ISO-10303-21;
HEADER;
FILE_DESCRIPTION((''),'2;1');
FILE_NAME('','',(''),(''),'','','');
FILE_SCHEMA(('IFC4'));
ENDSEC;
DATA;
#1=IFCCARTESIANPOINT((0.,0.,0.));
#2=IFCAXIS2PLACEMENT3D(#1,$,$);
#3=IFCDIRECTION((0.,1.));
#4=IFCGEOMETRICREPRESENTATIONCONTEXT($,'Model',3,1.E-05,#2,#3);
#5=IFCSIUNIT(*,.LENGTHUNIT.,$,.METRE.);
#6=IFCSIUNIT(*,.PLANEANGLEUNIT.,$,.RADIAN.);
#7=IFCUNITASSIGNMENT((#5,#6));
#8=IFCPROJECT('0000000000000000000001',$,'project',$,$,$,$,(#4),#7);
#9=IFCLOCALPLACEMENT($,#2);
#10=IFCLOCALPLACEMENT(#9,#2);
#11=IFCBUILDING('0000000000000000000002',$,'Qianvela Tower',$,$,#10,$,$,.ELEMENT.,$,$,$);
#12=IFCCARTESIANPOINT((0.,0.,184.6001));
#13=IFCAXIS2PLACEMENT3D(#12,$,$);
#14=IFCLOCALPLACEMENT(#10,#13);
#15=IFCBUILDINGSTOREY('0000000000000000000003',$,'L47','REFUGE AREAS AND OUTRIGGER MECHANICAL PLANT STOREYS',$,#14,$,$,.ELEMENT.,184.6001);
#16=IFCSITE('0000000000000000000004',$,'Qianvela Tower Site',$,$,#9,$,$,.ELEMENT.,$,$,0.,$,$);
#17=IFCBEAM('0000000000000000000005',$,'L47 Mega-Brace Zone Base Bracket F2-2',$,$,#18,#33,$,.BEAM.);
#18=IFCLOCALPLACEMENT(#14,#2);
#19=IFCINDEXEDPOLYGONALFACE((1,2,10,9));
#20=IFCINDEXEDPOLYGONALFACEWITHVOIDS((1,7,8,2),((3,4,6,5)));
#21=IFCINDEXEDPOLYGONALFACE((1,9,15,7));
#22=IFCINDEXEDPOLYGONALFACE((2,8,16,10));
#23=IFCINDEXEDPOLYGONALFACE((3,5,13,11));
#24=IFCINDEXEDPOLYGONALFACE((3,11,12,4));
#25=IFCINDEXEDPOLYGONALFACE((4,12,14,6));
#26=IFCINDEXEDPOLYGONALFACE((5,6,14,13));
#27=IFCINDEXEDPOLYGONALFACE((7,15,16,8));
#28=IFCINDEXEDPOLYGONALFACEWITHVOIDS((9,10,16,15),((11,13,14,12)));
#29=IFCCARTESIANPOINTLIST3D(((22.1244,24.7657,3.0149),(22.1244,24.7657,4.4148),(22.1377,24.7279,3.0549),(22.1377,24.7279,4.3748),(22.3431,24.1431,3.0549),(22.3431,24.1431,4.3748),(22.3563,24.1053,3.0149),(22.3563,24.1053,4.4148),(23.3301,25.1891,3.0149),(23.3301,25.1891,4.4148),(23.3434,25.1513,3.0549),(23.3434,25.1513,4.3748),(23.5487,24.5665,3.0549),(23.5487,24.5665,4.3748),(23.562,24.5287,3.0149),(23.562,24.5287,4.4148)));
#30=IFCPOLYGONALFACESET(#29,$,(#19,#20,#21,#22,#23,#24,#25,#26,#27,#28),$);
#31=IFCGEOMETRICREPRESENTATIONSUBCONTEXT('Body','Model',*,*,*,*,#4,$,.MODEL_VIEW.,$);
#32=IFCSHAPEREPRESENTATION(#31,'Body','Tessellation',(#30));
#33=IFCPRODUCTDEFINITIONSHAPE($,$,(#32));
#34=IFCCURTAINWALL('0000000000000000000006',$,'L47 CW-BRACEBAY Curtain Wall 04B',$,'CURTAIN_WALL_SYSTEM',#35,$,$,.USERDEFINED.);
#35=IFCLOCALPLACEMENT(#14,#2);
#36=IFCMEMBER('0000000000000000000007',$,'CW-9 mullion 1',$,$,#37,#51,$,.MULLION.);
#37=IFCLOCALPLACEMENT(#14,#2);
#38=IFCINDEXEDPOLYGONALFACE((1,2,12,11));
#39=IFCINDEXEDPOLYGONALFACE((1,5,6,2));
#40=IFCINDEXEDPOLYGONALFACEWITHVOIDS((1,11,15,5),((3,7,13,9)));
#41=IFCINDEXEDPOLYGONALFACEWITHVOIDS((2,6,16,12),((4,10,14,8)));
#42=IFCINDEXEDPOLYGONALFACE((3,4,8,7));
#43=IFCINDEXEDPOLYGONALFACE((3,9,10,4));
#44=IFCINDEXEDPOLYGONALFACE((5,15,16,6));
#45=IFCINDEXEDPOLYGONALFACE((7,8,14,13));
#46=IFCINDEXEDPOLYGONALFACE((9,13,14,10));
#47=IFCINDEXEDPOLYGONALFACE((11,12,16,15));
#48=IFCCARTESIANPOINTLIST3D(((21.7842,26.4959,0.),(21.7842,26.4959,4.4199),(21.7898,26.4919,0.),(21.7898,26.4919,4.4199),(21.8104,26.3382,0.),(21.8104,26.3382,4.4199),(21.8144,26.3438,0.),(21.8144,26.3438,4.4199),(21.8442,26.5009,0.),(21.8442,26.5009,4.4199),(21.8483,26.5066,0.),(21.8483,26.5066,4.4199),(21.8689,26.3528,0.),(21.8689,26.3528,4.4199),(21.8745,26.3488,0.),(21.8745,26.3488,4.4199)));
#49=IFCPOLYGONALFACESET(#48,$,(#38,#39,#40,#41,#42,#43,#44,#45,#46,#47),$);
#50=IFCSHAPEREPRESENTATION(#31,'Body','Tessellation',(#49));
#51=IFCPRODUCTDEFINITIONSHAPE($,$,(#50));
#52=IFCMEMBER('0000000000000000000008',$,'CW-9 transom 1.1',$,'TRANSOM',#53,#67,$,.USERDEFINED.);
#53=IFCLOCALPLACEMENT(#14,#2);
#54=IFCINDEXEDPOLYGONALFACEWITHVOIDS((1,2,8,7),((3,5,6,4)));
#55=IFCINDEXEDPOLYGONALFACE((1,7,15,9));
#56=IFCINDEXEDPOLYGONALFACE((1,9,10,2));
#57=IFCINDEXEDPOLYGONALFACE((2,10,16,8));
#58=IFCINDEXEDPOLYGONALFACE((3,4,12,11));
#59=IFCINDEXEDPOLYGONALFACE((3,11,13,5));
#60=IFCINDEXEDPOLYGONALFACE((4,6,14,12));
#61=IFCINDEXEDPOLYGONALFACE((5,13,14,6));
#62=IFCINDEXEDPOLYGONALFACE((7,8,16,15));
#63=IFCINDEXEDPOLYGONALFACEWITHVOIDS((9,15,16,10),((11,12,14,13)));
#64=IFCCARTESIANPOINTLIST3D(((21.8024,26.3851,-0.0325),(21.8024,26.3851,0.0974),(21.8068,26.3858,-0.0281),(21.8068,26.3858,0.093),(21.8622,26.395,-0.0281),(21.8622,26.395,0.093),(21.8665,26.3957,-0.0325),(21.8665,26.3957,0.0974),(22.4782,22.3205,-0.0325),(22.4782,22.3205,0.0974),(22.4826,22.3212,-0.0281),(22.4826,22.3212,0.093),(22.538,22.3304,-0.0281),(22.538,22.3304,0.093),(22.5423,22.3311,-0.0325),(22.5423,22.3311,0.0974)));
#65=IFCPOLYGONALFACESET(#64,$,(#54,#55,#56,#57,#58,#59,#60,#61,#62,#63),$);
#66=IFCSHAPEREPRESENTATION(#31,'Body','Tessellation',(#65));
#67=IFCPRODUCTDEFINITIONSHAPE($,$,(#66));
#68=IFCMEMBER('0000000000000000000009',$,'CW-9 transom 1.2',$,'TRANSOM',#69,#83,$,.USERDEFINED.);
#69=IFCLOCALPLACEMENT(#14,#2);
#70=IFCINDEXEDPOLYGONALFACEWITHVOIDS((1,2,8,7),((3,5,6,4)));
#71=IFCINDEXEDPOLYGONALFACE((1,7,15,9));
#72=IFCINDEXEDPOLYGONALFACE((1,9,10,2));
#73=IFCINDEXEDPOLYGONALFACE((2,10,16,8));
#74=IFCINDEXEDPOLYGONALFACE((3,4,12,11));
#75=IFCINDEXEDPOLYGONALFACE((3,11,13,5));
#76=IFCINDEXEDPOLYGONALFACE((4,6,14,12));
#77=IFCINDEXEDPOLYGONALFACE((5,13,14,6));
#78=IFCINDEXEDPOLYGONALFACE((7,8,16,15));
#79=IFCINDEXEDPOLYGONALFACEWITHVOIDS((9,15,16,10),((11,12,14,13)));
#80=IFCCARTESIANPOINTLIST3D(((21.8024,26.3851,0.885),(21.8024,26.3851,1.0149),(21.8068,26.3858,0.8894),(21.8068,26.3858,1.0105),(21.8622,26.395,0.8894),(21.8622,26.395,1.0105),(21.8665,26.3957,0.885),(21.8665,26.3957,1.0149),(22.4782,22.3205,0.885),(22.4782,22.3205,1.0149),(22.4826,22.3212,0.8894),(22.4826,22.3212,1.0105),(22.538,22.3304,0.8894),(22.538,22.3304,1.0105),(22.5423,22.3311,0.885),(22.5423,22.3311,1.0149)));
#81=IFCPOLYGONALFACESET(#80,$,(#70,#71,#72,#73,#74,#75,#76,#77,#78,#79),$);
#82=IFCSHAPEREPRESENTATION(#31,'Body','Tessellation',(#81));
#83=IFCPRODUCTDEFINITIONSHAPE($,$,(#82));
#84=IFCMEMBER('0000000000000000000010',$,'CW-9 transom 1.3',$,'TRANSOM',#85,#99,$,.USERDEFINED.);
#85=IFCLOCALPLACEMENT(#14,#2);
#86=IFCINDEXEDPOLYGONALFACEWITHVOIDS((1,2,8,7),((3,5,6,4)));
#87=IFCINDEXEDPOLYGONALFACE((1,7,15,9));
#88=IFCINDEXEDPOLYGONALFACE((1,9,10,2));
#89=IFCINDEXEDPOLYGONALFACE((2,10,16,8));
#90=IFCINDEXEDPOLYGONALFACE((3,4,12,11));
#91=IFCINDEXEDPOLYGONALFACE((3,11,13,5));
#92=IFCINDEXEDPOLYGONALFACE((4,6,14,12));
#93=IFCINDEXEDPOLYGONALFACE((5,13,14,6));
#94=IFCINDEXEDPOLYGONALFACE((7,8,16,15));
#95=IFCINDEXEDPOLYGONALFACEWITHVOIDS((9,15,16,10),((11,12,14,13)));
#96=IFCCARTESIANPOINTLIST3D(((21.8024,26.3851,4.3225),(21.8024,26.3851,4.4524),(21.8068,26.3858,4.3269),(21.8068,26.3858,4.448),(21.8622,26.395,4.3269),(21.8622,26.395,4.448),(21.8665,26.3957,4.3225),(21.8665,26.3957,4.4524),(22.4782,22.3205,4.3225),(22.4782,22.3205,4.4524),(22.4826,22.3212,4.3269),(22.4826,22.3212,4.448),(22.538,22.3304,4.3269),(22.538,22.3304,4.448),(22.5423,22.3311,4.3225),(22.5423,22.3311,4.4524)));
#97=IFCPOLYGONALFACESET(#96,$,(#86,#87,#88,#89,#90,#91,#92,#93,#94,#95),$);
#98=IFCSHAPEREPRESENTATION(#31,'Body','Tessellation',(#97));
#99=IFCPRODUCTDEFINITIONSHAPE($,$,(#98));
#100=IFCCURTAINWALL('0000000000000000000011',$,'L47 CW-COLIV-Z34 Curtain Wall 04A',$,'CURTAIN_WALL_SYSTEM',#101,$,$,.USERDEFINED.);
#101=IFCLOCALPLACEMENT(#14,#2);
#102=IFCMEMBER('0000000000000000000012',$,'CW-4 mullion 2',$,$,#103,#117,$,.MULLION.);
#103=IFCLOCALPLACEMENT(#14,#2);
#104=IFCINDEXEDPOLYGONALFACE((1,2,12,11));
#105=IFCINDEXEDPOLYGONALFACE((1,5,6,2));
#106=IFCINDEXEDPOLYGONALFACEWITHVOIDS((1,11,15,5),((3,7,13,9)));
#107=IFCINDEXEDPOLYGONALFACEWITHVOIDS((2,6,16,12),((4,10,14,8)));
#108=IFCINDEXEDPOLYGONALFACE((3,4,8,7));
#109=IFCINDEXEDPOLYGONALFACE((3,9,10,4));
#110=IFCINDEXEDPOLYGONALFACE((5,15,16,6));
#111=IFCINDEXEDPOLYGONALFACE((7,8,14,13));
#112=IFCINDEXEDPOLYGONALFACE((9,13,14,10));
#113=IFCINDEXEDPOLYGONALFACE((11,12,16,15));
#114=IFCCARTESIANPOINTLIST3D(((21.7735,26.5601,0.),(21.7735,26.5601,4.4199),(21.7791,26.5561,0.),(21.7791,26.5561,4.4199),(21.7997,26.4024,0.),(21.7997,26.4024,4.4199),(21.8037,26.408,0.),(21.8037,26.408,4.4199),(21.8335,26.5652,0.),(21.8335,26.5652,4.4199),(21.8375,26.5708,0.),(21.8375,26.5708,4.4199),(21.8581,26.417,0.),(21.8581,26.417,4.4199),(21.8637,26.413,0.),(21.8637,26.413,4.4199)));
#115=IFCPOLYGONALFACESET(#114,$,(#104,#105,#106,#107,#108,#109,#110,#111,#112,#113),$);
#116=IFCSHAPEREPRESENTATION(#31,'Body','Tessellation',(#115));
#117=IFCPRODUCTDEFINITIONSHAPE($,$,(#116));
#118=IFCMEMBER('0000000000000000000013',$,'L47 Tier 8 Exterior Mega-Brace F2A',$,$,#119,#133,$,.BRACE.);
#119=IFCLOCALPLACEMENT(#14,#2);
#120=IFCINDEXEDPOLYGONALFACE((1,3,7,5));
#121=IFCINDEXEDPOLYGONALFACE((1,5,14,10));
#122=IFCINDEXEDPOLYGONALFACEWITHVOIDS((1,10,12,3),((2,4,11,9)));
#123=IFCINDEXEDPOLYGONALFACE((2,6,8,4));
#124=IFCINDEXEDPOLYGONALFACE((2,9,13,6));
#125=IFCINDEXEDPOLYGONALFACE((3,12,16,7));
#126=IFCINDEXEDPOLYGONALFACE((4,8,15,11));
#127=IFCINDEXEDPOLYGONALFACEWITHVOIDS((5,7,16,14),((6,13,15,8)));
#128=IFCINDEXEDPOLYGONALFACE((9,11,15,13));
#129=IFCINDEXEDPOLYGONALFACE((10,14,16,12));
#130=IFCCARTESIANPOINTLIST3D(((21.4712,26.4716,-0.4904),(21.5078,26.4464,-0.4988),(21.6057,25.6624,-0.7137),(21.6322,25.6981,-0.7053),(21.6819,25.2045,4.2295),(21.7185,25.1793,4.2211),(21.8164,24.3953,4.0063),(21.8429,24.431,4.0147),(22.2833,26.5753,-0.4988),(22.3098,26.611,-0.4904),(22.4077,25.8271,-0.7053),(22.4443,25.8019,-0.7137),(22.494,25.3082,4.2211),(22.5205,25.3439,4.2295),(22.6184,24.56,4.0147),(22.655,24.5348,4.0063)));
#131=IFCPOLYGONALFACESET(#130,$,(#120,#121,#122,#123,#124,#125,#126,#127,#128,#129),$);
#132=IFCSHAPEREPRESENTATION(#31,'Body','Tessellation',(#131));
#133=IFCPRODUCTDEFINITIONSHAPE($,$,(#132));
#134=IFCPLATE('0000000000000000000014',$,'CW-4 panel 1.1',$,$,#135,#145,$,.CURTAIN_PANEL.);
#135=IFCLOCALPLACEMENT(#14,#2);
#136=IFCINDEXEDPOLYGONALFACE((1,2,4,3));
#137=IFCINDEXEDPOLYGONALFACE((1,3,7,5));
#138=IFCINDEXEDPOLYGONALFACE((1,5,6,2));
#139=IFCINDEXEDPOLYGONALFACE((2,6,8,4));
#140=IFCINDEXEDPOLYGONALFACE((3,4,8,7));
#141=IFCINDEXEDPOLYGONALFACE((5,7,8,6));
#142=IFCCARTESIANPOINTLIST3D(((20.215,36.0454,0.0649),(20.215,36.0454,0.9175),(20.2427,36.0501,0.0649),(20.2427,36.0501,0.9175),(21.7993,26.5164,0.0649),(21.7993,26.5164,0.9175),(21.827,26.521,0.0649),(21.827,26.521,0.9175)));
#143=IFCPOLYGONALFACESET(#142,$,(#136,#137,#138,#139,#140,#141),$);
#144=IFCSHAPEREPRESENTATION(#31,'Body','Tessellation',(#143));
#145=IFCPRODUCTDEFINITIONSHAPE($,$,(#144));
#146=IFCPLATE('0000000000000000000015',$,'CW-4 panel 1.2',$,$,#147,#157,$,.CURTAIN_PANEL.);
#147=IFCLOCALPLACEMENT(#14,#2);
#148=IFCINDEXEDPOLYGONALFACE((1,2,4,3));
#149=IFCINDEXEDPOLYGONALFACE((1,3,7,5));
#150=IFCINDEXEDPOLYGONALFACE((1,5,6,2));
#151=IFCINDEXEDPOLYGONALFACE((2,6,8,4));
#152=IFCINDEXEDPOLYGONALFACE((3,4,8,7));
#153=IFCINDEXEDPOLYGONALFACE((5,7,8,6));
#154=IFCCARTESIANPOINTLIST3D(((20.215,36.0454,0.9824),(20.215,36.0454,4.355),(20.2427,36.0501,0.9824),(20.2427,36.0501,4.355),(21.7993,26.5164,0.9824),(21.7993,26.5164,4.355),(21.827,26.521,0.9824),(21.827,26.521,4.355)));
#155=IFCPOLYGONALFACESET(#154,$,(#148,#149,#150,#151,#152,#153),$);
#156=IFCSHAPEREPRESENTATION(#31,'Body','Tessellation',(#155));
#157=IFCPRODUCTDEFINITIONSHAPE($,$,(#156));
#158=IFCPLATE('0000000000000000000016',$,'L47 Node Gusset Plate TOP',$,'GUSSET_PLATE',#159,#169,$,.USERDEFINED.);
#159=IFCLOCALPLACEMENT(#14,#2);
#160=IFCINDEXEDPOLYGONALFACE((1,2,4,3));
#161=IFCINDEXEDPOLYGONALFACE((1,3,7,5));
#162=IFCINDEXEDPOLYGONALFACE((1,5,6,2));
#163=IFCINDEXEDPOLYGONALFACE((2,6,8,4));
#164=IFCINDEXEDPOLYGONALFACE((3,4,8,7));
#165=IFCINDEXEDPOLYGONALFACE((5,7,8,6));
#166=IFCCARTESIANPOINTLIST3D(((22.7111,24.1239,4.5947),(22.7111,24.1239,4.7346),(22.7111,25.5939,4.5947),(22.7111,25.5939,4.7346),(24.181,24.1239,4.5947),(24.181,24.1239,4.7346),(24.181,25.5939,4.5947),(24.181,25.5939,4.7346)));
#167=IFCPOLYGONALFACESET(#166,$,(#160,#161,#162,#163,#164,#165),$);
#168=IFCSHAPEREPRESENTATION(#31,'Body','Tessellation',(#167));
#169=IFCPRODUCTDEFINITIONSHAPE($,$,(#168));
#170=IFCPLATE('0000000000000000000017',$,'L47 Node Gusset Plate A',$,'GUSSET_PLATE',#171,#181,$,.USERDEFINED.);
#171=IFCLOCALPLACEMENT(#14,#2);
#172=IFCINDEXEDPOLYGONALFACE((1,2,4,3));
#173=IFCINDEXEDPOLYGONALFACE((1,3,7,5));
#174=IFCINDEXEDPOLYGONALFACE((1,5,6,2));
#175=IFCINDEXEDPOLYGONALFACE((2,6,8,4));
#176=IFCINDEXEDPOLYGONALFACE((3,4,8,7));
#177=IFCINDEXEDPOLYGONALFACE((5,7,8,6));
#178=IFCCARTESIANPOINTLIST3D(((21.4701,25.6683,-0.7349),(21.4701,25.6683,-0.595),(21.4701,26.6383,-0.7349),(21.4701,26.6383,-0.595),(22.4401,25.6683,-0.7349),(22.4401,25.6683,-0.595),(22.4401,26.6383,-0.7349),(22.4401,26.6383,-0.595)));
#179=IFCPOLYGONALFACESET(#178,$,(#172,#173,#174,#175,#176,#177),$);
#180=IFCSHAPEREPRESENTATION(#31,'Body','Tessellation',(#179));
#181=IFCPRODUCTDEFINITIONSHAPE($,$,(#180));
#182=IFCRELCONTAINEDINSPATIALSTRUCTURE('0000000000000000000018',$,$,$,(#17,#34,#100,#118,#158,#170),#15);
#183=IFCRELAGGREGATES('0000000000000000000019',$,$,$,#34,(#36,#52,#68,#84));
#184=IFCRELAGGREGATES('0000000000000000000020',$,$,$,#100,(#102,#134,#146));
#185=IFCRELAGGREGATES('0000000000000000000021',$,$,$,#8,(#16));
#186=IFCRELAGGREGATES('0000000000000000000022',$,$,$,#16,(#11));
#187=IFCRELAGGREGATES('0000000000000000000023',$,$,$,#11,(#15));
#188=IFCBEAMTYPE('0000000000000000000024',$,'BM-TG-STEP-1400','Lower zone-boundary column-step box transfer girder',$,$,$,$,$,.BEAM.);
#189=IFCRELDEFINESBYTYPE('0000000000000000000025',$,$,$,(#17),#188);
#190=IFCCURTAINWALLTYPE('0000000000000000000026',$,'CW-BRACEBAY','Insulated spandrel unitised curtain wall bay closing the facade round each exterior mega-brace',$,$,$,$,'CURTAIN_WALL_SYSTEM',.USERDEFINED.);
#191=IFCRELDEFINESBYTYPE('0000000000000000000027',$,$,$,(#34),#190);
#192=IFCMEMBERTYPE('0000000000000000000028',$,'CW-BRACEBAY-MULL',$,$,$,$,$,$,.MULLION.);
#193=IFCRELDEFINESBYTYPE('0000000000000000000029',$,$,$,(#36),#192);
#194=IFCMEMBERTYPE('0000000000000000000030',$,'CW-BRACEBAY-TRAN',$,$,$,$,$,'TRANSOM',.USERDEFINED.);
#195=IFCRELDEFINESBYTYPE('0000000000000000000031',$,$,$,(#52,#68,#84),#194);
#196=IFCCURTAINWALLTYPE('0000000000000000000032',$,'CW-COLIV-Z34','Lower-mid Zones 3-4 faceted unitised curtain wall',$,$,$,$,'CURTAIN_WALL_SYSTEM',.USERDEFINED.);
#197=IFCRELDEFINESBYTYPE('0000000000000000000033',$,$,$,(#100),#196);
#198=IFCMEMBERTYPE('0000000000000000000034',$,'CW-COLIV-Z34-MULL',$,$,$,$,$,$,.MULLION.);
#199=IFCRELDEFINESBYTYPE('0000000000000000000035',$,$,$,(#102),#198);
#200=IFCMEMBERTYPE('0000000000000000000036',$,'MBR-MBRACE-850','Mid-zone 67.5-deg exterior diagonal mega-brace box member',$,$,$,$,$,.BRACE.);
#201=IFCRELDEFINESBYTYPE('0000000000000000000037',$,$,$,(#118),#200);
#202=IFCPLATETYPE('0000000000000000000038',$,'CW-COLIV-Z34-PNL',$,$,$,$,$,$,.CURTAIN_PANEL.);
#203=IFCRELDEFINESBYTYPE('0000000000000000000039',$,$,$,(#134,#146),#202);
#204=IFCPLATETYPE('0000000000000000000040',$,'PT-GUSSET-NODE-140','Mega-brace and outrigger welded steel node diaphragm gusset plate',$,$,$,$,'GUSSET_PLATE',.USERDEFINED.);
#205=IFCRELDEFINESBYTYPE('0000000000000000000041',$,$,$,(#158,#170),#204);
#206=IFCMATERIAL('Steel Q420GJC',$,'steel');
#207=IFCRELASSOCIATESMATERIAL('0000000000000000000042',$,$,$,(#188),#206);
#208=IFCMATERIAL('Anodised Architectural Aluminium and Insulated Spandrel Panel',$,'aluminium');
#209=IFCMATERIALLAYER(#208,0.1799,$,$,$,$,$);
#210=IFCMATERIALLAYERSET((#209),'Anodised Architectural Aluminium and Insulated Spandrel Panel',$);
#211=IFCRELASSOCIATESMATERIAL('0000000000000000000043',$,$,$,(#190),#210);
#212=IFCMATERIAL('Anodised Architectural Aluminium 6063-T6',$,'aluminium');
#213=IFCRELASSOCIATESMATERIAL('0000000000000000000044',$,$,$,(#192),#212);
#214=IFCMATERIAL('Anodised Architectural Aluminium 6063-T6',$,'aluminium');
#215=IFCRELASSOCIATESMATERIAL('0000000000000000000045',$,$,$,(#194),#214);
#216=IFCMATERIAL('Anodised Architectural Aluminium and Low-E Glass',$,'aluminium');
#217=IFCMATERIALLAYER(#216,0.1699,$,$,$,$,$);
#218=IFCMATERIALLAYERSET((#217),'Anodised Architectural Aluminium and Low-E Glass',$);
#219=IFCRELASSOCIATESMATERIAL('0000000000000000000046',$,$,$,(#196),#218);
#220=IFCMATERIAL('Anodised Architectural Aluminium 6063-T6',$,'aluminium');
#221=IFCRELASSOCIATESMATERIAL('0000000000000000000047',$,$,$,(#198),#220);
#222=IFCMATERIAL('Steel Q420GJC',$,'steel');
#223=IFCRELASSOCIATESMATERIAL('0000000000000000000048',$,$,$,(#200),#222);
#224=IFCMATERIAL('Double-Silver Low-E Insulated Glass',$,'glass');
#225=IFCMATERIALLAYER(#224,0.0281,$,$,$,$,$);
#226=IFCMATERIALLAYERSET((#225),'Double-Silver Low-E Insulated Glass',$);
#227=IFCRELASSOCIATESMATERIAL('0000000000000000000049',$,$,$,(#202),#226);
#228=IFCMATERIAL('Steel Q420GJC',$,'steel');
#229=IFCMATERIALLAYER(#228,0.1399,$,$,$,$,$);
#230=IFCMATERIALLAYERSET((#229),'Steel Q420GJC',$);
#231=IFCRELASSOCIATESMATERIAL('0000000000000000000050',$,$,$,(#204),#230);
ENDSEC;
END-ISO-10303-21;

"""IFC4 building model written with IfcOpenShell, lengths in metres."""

from ifc_helpers import new_model, si_unit, direction, frame, origin, origin_2d, place, context, subcontext, project, spatial, rectangle, hollow_rectangle, extrude, material, layer, layer_set, material_profile, profile_set, type_object, element, aggregate, save


model = new_model("IFC4")

# Units and contexts
model_context = context("Model", 3, precision=1e-05, world=origin(), true_north=direction((0.0, 1.0)))
body_context = subcontext(model_context, "Body", "Model", "MODEL_VIEW")
ifc_project = project(units=[si_unit("LENGTHUNIT", "METRE"), si_unit("PLANEANGLEUNIT", "RADIAN")], contexts=[model_context])

# Site, building, storey
site_placement = place(None, origin())
site = spatial("IfcSite", under=ifc_project, at=site_placement, Name="Qianvela Tower Site", CompositionType="ELEMENT", RefElevation=0.0)
building_placement = place(site_placement, origin())
building = spatial("IfcBuilding", under=site, at=building_placement, Name="Qianvela Tower", CompositionType="ELEMENT")
storey_placement = place(building_placement, frame((0.0, 0.0, 184.6001)))
storey = spatial("IfcBuildingStorey", under=building, at=storey_placement, Name="L47", Description="REFUGE AREAS AND OUTRIGGER MECHANICAL PLANT STOREYS", CompositionType="ELEMENT", Elevation=184.6001)

# Beam
ifc_material_1 = material(Name="Steel Q420GJC", Category="steel")
ifc_material_profile_1 = material_profile(ifc_material_1, hollow_rectangle(XDim=0.7, YDim=1.3999, WallThickness=0.04, at=origin_2d()), Name="TG-BOX-1400x700x40")
ifc_profile_set_1 = profile_set([ifc_material_profile_1], Name="Steel Q420GJC")
beam_type_1 = type_object("IfcBeamType", Name="BM-TG-STEP-1400", Description="Lower zone-boundary column-step box transfer girder", PredefinedType="BEAM", material=ifc_profile_set_1)
beam_1_placement = place(storey_placement, frame((23.446, 24.8589, 3.7148), z_axis=(-0.943518, -0.331321, 0.0), x_axis=(0.331321, -0.943518, 0.0)))
element("IfcBeam", 1, at=beam_1_placement, inside=storey, type_object=beam_type_1, Name="L47 Mega-Brace Zone Base Bracket F2-2", PredefinedType="BEAM", context=body_context, shape_type="SweptSolid", body=[
    extrude(hollow_rectangle(XDim=0.7, YDim=1.3999, WallThickness=0.04, at=origin_2d()), origin(), (0.0, 0.0, 1.0), 1.2778),
])

# Curtain wall, members
ifc_material_2 = material(Name="Anodised Architectural Aluminium and Insulated Spandrel Panel", Category="aluminium")
ifc_layer_1 = layer(ifc_material_2, 0.1799)
ifc_layer_set_1 = layer_set([ifc_layer_1], Name="Anodised Architectural Aluminium and Insulated Spandrel Panel")
curtain_wall_type_1 = type_object("IfcCurtainWallType", Name="CW-BRACEBAY", Description="Insulated spandrel unitised curtain wall bay closing the facade round each exterior mega-brace", ElementType="CURTAIN_WALL_SYSTEM", PredefinedType="USERDEFINED", material=ifc_layer_set_1)
curtain_wall_1_placement = place(storey_placement, origin())
curtain_wall_1 = element("IfcCurtainWall", 2, at=curtain_wall_1_placement, inside=storey, type_object=curtain_wall_type_1, Name="L47 CW-BRACEBAY Curtain Wall 04B", ObjectType="CURTAIN_WALL_SYSTEM", PredefinedType="USERDEFINED")
ifc_material_3 = material(Name="Anodised Architectural Aluminium 6063-T6", Category="aluminium")
ifc_material_profile_2 = material_profile(ifc_material_3, hollow_rectangle(XDim=0.0649, YDim=0.1599, WallThickness=0.0049, at=origin_2d()), Name="ALU-MULL-65x160")
ifc_profile_set_2 = profile_set([ifc_material_profile_2], Name="Anodised Architectural Aluminium 6063-T6")
member_type_1 = type_object("IfcMemberType", Name="CW-BRACEBAY-MULL", PredefinedType="MULLION", material=ifc_profile_set_2)
member_1_placement = place(storey_placement, frame((21.8293, 26.4224, 0.0), z_axis=(0.0, 0.0, 1.0), x_axis=(0.986457, 0.164021, 0.0)))
member_1 = element("IfcMember", 3, at=member_1_placement, type_object=member_type_1, Name="CW-9 mullion 1", PredefinedType="MULLION", context=body_context, shape_type="SweptSolid", body=[
    extrude(hollow_rectangle(XDim=0.0649, YDim=0.1599, WallThickness=0.0049, at=origin_2d()), origin(), (0.0, 0.0, 1.0), 4.4199),
])
ifc_material_4 = material(Name="Anodised Architectural Aluminium 6063-T6", Category="aluminium")
ifc_material_profile_3 = material_profile(ifc_material_4, hollow_rectangle(XDim=0.0649, YDim=0.1299, WallThickness=0.0044, at=origin_2d()), Name="ALU-TRAN-65x130")
ifc_profile_set_3 = profile_set([ifc_material_profile_3], Name="Anodised Architectural Aluminium 6063-T6")
member_type_2 = type_object("IfcMemberType", Name="CW-BRACEBAY-TRAN", ElementType="TRANSOM", PredefinedType="USERDEFINED", material=ifc_profile_set_3)
member_2_placement = place(storey_placement, frame((21.8345, 26.3904, 0.0325), z_axis=(0.164015, -0.986458, 0.0), x_axis=(0.986458, 0.164015, 0.0)))
member_2 = element("IfcMember", 4, at=member_2_placement, type_object=member_type_2, Name="CW-9 transom 1.1", ObjectType="TRANSOM", PredefinedType="USERDEFINED", context=body_context, shape_type="SweptSolid", body=[
    extrude(hollow_rectangle(XDim=0.0649, YDim=0.1299, WallThickness=0.0044, at=origin_2d()), origin(), (0.0, 0.0, 1.0), 4.1204),
])
member_3_placement = place(storey_placement, frame((21.8345, 26.3904, 0.95), z_axis=(0.164015, -0.986458, 0.0), x_axis=(0.986458, 0.164015, 0.0)))
member_3 = element("IfcMember", 5, at=member_3_placement, type_object=member_type_2, Name="CW-9 transom 1.2", ObjectType="TRANSOM", PredefinedType="USERDEFINED", context=body_context, shape_type="SweptSolid", body=[
    extrude(hollow_rectangle(XDim=0.0649, YDim=0.1299, WallThickness=0.0044, at=origin_2d()), origin(), (0.0, 0.0, 1.0), 4.1204),
])
member_4_placement = place(storey_placement, frame((21.8345, 26.3904, 4.3875), z_axis=(0.164015, -0.986458, 0.0), x_axis=(0.986458, 0.164015, 0.0)))
member_4 = element("IfcMember", 6, at=member_4_placement, type_object=member_type_2, Name="CW-9 transom 1.3", ObjectType="TRANSOM", PredefinedType="USERDEFINED", context=body_context, shape_type="SweptSolid", body=[
    extrude(hollow_rectangle(XDim=0.0649, YDim=0.1299, WallThickness=0.0044, at=origin_2d()), origin(), (0.0, 0.0, 1.0), 4.1204),
])
aggregate(curtain_wall_1, [member_1, member_2, member_3, member_4])

# Curtain wall, member
ifc_material_5 = material(Name="Anodised Architectural Aluminium and Low-E Glass", Category="aluminium")
ifc_layer_2 = layer(ifc_material_5, 0.1699)
ifc_layer_set_2 = layer_set([ifc_layer_2], Name="Anodised Architectural Aluminium and Low-E Glass")
curtain_wall_type_2 = type_object("IfcCurtainWallType", Name="CW-COLIV-Z34", Description="Lower-mid Zones 3-4 faceted unitised curtain wall", ElementType="CURTAIN_WALL_SYSTEM", PredefinedType="USERDEFINED", material=ifc_layer_set_2)
curtain_wall_2_placement = place(storey_placement, origin())
curtain_wall_2 = element("IfcCurtainWall", 7, at=curtain_wall_2_placement, inside=storey, type_object=curtain_wall_type_2, Name="L47 CW-COLIV-Z34 Curtain Wall 04A", ObjectType="CURTAIN_WALL_SYSTEM", PredefinedType="USERDEFINED")
ifc_material_6 = material(Name="Anodised Architectural Aluminium 6063-T6", Category="aluminium")
ifc_material_profile_4 = material_profile(ifc_material_6, hollow_rectangle(XDim=0.0649, YDim=0.1599, WallThickness=0.0049, at=origin_2d()), Name="ALU-MULL-65x160")
ifc_profile_set_4 = profile_set([ifc_material_profile_4], Name="Anodised Architectural Aluminium 6063-T6")
member_type_3 = type_object("IfcMemberType", Name="CW-COLIV-Z34-MULL", PredefinedType="MULLION", material=ifc_profile_set_4)
member_5_placement = place(storey_placement, frame((21.8186, 26.4866, 0.0), z_axis=(0.0, 0.0, 1.0), x_axis=(0.986458, 0.164015, 0.0)))
member_5 = element("IfcMember", 8, at=member_5_placement, type_object=member_type_3, Name="CW-4 mullion 2", PredefinedType="MULLION", context=body_context, shape_type="SweptSolid", body=[
    extrude(hollow_rectangle(XDim=0.0649, YDim=0.1599, WallThickness=0.0049, at=origin_2d()), origin(), (0.0, 0.0, 1.0), 4.4199),
])

# Member
ifc_material_7 = material(Name="Steel Q420GJC", Category="steel")
ifc_material_profile_5 = material_profile(ifc_material_7, hollow_rectangle(XDim=0.8501, YDim=0.8501, WallThickness=0.032, at=origin_2d()), Name="MBOX-850x850x32")
ifc_profile_set_5 = profile_set([ifc_material_profile_5], Name="Steel Q420GJC")
member_type_4 = type_object("IfcMemberType", Name="MBR-MBRACE-850", Description="Mid-zone 67.5-deg exterior diagonal mega-brace box member", PredefinedType="BRACE", material=ifc_profile_set_5)
member_6_placement = place(storey_placement, frame((21.9578, 26.1367, -0.6021), z_axis=(0.043072, -0.259032, 0.964908), x_axis=(0.986455, 0.164029, 0.0)))
element("IfcMember", 9, at=member_6_placement, inside=storey, type_object=member_type_4, Name="L47 Tier 8 Exterior Mega-Brace F2A", PredefinedType="BRACE", context=body_context, shape_type="SweptSolid", body=[
    extrude(hollow_rectangle(XDim=0.8501, YDim=0.8501, WallThickness=0.032, at=origin_2d()), origin(), (0.0, 0.0, 1.0), 4.8916),
])

# Plates
ifc_material_8 = material(Name="Double-Silver Low-E Insulated Glass", Category="glass")
ifc_layer_3 = layer(ifc_material_8, 0.0281)
ifc_layer_set_3 = layer_set([ifc_layer_3], Name="Double-Silver Low-E Insulated Glass")
plate_type_1 = type_object("IfcPlateType", Name="CW-COLIV-Z34-PNL", PredefinedType="CURTAIN_PANEL", material=ifc_layer_set_3)
plate_1_placement = place(storey_placement, frame((21.021, 31.2832, 0.0649), z_axis=(0.0, 0.0, 1.0), x_axis=(0.164015, -0.986458, 0.0)))
plate_1 = element("IfcPlate", 10, at=plate_1_placement, type_object=plate_type_1, Name="CW-4 panel 1.1", PredefinedType="CURTAIN_PANEL", context=body_context, shape_type="SweptSolid", body=[
    extrude(rectangle(XDim=9.6599, YDim=0.0281, at=origin_2d()), origin(), (0.0, 0.0, 1.0), 0.8525),
])
plate_2_placement = place(storey_placement, frame((21.021, 31.2832, 0.9824), z_axis=(0.0, 0.0, 1.0), x_axis=(0.164015, -0.986458, 0.0)))
plate_2 = element("IfcPlate", 11, at=plate_2_placement, type_object=plate_type_1, Name="CW-4 panel 1.2", PredefinedType="CURTAIN_PANEL", context=body_context, shape_type="SweptSolid", body=[
    extrude(rectangle(XDim=9.6599, YDim=0.0281, at=origin_2d()), origin(), (0.0, 0.0, 1.0), 3.3726),
])
aggregate(curtain_wall_2, [member_5, plate_1, plate_2])

# Plates
ifc_material_9 = material(Name="Steel Q420GJC", Category="steel")
ifc_layer_4 = layer(ifc_material_9, 0.1399)
ifc_layer_set_4 = layer_set([ifc_layer_4], Name="Steel Q420GJC")
plate_type_2 = type_object("IfcPlateType", Name="PT-GUSSET-NODE-140", Description="Mega-brace and outrigger welded steel node diaphragm gusset plate", ElementType="GUSSET_PLATE", PredefinedType="USERDEFINED", material=ifc_layer_set_4)
plate_3_placement = place(storey_placement, frame((23.446, 24.8589, 4.5947), z_axis=(0.0, 0.0, 1.0), x_axis=(1.0, 0.0, 0.0)))
element("IfcPlate", 12, at=plate_3_placement, inside=storey, type_object=plate_type_2, Name="L47 Node Gusset Plate TOP", ObjectType="GUSSET_PLATE", PredefinedType="USERDEFINED", context=body_context, shape_type="SweptSolid", body=[
    extrude(rectangle(XDim=1.47, YDim=1.47, at=origin_2d()), origin(), (0.0, 0.0, 1.0), 0.1399),
])
for number, where, z_axis, x_axis, name in (
    (13, (21.9551, 26.1533, -0.7349), (0.0, 0.0, 1.0), (1.0, 0.0, 0.0), "L47 Node Gusset Plate A"),
):
    element("IfcPlate", number, at=place(storey_placement, frame(where, z_axis=z_axis, x_axis=x_axis)), inside=storey, type_object=plate_type_2, Name=name, ObjectType="GUSSET_PLATE", PredefinedType="USERDEFINED", context=body_context, shape_type="SweptSolid", body=[
        extrude(rectangle(XDim=0.97, YDim=0.97, at=origin_2d()), origin(), (0.0, 0.0, 1.0), 0.1399),
    ])

save(model, "model.ifc")
